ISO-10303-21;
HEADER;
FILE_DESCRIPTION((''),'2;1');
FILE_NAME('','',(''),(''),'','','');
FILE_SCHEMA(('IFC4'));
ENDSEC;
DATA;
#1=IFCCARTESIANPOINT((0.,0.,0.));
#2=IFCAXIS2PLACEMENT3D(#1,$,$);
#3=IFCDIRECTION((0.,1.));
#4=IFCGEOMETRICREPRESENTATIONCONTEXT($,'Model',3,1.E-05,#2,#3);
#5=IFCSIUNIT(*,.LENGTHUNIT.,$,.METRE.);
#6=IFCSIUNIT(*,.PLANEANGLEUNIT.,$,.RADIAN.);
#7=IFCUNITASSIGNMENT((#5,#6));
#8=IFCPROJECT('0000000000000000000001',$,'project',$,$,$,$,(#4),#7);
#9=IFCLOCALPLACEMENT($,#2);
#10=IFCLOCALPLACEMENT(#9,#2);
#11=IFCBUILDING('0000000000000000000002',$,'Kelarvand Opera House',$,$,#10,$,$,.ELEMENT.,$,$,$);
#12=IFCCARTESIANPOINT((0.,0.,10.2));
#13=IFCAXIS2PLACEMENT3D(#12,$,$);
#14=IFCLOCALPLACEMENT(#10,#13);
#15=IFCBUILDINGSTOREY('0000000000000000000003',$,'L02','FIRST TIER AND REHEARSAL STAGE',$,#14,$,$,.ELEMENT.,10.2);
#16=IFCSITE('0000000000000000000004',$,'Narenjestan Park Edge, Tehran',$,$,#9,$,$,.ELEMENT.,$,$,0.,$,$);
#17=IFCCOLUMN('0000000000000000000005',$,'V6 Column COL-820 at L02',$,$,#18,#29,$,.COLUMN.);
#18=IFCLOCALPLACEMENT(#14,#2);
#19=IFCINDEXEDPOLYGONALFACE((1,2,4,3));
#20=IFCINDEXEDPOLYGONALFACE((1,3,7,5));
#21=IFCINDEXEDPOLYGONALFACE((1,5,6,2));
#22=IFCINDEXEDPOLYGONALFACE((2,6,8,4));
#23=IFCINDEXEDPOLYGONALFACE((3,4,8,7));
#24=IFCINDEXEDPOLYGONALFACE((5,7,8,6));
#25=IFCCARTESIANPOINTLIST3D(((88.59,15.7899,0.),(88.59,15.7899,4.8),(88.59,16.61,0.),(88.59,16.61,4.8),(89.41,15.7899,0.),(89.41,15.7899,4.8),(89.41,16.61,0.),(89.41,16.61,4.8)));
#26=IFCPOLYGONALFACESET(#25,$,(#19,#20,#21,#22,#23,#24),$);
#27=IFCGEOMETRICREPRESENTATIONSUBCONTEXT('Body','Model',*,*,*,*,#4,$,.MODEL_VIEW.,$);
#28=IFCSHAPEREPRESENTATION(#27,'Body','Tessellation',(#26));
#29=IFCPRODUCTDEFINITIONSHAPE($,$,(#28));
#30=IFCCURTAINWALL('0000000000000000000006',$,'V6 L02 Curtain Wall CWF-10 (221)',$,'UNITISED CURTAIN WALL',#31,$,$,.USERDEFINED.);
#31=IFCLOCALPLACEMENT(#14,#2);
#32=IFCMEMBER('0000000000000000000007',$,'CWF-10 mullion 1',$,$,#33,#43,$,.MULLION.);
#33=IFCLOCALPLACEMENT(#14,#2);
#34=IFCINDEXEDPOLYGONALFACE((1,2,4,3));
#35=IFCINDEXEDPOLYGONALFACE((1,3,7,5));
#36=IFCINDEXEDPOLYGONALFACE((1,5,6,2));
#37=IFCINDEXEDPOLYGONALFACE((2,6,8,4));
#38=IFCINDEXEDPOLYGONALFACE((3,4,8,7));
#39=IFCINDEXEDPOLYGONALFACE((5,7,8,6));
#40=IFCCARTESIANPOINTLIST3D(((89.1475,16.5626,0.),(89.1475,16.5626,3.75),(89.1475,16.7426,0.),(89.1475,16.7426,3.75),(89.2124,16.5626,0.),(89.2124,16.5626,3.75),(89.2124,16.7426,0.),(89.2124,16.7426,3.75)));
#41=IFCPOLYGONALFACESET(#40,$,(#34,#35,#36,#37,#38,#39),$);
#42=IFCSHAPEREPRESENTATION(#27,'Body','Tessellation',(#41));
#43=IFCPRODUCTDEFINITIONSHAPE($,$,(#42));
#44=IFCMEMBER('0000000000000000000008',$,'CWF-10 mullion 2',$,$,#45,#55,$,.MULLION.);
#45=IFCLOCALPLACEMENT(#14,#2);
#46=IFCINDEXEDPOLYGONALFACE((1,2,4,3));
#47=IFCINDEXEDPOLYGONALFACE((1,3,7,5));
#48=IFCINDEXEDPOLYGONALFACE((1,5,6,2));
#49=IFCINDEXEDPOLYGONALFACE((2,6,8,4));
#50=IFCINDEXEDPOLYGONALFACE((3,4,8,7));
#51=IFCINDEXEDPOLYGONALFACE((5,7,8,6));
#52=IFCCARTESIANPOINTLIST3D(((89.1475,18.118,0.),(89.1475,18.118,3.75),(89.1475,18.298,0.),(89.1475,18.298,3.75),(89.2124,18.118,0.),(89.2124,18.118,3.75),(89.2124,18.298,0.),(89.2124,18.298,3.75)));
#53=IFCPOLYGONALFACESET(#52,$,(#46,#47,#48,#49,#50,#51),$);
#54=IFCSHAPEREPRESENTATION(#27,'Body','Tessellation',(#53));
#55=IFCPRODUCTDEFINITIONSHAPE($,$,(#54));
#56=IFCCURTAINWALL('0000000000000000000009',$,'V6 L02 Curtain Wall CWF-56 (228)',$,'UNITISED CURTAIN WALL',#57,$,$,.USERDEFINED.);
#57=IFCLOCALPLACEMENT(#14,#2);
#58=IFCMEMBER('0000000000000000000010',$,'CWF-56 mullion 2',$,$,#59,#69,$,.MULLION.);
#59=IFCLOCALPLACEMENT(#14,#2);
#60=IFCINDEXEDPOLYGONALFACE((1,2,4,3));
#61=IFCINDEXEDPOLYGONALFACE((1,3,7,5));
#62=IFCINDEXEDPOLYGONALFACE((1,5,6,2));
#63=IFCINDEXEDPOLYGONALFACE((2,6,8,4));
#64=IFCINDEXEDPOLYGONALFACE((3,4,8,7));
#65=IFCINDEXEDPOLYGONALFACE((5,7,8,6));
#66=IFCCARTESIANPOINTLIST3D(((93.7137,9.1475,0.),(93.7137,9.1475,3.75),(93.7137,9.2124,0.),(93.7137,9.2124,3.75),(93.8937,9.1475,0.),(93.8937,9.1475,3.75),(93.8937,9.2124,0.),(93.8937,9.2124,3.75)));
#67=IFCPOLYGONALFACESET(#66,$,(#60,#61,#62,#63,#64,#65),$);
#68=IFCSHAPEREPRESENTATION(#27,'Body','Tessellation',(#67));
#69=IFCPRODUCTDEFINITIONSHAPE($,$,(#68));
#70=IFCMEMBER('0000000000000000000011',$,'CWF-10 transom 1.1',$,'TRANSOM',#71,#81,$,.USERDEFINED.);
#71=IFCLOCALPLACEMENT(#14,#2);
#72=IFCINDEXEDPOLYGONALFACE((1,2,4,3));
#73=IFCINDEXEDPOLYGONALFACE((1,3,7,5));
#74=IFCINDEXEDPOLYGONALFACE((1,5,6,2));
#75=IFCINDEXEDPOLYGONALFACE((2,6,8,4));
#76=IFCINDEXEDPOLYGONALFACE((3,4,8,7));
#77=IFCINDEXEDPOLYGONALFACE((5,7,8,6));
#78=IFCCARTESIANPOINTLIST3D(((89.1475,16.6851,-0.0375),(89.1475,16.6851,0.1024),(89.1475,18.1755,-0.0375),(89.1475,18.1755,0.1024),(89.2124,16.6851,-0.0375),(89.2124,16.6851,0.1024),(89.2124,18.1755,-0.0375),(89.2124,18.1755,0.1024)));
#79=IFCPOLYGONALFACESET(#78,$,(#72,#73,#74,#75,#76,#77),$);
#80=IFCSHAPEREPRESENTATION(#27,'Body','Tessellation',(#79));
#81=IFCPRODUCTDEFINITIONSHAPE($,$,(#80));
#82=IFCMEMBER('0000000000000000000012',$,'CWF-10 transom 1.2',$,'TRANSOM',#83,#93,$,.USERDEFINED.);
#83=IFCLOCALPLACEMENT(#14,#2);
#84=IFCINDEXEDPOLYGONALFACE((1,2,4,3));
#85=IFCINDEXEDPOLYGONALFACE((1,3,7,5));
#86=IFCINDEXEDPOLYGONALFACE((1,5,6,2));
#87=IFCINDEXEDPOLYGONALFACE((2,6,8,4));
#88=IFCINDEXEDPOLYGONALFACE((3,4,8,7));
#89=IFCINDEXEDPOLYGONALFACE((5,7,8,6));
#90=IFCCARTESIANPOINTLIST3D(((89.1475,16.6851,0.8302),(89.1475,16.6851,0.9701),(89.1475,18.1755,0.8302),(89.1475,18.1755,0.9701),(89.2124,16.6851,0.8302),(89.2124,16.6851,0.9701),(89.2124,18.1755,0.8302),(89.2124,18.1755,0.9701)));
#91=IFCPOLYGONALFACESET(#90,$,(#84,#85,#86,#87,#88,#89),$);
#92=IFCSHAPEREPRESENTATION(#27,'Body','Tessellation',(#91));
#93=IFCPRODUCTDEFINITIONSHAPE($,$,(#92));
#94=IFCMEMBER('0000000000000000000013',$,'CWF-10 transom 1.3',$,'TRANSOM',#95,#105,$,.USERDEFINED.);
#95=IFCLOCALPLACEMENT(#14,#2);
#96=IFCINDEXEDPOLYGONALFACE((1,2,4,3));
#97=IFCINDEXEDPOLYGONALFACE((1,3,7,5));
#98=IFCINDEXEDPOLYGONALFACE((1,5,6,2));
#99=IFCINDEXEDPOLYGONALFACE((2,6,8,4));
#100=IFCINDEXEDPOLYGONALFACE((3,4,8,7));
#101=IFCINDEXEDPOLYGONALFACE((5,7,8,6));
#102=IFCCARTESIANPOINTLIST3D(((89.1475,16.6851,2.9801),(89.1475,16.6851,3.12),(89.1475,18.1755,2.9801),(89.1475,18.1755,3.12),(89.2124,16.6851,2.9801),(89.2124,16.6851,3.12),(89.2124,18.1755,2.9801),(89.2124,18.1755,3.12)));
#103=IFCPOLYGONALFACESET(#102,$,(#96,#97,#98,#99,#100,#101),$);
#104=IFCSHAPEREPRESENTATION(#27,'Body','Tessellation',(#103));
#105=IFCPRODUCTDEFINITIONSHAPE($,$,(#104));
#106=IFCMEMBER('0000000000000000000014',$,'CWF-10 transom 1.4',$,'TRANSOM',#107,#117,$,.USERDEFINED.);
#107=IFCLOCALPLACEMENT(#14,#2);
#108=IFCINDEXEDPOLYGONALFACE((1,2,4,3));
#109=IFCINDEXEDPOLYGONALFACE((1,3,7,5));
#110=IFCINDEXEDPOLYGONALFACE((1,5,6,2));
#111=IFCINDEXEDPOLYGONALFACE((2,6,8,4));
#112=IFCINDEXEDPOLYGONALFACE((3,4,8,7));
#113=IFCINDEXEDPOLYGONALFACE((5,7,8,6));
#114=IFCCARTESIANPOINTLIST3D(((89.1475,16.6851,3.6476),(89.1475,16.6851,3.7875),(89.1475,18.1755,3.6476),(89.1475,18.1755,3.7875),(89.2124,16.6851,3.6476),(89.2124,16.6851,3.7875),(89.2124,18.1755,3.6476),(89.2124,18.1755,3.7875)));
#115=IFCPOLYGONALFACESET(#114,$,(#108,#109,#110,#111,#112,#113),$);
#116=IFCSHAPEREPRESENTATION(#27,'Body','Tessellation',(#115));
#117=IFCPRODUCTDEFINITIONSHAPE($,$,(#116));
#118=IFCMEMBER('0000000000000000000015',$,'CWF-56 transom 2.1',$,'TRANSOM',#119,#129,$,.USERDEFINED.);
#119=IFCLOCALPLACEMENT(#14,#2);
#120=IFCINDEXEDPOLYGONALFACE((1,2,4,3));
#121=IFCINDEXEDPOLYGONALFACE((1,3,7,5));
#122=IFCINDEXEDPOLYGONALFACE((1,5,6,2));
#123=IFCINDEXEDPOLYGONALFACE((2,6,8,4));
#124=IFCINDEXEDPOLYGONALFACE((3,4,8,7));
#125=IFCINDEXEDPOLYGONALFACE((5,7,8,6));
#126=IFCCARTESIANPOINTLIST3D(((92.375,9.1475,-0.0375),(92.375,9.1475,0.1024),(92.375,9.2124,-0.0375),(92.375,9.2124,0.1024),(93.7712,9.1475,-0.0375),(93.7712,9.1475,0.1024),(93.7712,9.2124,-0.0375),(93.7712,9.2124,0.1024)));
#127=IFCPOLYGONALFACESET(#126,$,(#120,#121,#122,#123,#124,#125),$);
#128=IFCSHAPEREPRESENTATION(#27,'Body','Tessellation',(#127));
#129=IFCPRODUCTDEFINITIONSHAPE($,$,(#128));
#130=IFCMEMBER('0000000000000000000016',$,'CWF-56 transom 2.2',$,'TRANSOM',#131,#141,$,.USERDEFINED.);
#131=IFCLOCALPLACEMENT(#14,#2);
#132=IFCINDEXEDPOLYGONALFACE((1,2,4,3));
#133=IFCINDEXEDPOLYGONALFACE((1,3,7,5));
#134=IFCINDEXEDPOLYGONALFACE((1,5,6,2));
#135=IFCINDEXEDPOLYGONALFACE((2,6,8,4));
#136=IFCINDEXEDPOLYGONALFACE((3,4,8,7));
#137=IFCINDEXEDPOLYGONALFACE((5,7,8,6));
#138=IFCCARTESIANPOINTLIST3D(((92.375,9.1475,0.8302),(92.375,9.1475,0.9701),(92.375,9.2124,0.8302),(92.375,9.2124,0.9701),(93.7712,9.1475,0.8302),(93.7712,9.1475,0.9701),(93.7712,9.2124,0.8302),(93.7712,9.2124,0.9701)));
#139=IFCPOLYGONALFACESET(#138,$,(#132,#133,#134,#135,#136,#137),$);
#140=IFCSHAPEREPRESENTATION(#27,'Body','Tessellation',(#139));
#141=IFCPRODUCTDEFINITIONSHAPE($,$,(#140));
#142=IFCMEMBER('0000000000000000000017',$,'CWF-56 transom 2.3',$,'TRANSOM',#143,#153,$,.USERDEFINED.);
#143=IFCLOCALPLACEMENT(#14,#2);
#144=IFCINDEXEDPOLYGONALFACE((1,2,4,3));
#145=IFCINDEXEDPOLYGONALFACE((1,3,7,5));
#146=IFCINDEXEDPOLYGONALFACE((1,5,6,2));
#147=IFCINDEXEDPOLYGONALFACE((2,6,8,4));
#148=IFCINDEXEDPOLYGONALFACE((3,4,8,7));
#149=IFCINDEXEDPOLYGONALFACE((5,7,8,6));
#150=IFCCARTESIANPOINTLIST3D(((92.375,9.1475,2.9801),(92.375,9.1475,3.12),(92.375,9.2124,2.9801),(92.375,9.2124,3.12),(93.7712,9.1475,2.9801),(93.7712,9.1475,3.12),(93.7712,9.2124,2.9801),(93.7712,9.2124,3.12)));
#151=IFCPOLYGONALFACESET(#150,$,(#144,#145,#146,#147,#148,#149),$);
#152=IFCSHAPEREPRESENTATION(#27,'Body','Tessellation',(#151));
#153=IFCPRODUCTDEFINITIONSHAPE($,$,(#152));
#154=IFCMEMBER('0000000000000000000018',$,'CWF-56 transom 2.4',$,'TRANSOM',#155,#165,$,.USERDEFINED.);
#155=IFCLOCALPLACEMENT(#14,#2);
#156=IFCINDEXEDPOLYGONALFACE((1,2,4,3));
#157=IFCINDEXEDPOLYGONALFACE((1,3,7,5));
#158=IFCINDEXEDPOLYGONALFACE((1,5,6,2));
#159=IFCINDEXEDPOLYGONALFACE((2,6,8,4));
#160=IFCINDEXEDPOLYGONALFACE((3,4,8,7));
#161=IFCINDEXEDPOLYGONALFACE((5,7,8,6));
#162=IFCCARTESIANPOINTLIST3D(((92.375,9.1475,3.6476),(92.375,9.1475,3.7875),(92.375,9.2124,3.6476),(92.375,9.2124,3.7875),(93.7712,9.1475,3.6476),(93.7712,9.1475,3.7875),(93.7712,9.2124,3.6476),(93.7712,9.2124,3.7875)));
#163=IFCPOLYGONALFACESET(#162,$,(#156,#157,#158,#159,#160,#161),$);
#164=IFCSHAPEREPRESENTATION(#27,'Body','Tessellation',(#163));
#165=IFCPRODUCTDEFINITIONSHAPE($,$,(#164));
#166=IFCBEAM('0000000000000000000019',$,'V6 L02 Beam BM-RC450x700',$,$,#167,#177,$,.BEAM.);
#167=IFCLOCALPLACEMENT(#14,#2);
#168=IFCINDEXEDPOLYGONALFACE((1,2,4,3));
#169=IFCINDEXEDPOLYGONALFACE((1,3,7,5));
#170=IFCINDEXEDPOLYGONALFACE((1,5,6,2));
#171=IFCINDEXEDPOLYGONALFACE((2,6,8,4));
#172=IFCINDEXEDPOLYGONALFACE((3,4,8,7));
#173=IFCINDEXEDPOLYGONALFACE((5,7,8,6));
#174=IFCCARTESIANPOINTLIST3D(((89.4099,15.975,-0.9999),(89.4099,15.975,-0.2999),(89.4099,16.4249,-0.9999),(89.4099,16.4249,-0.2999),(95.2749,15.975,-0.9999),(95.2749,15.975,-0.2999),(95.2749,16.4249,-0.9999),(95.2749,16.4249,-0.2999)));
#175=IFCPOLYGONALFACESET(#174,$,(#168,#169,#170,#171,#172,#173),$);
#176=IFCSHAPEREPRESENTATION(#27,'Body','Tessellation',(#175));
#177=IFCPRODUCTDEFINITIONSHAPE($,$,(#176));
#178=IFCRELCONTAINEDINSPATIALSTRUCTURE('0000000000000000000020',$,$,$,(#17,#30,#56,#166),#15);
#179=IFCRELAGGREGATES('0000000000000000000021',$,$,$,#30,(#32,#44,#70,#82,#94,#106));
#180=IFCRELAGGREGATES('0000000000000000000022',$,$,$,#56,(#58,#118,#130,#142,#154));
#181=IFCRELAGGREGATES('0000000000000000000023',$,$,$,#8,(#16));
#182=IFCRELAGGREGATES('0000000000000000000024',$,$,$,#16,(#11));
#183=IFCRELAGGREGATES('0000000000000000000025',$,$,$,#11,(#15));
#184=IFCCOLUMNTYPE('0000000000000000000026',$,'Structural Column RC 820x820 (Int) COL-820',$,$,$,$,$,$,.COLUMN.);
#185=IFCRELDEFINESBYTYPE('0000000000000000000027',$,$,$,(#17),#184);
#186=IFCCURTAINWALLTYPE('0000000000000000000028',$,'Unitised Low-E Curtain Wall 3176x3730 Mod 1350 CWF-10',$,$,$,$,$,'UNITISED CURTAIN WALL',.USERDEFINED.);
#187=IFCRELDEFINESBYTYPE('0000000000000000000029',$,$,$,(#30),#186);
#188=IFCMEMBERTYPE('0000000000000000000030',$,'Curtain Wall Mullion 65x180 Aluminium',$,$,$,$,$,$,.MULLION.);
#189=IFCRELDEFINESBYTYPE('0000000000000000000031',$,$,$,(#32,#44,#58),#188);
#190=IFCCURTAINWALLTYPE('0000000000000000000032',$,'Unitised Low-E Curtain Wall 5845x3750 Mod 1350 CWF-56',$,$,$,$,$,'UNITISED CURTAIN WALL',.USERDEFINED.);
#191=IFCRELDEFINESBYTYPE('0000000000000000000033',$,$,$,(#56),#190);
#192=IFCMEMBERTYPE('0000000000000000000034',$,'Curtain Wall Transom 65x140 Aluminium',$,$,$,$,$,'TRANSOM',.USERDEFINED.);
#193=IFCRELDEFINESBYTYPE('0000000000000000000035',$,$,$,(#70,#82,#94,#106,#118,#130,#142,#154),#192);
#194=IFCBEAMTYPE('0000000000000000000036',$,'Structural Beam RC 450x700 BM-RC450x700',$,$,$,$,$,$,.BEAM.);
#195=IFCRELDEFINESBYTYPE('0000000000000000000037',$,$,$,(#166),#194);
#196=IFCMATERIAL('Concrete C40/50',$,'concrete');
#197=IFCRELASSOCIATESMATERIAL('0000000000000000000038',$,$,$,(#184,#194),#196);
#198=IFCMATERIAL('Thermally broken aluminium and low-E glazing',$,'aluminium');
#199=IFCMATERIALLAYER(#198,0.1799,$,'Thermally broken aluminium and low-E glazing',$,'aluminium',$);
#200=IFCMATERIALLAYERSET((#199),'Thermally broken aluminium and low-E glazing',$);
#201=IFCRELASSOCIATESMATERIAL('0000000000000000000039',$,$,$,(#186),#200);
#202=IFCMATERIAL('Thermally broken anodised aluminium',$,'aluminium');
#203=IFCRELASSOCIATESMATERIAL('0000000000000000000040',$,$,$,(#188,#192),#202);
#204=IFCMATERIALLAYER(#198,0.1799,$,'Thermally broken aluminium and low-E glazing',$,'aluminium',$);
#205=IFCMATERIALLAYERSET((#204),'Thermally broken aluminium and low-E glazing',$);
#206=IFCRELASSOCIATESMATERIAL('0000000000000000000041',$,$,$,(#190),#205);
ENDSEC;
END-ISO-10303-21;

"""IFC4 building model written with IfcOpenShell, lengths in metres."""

from ifc_helpers import new_model, si_unit, direction, frame, origin, origin_2d, place, context, subcontext, project, spatial, rectangle, extrude, material, layer, layer_set, material_profile, profile_set, type_object, element, aggregate, save


model = new_model("IFC4")

# Units and contexts
model_context = context("Model", 3, precision=1e-05, world=origin(), true_north=direction((0.0, 1.0)))
body_context = subcontext(model_context, "Body", "Model", "MODEL_VIEW")
ifc_project = project(units=[si_unit("LENGTHUNIT", "METRE"), si_unit("PLANEANGLEUNIT", "RADIAN")], contexts=[model_context])

# Site, building, storey
site_placement = place(None, origin())
site = spatial("IfcSite", under=ifc_project, at=site_placement, Name="Narenjestan Park Edge, Tehran", CompositionType="ELEMENT", RefElevation=0.0)
building_placement = place(site_placement, origin())
building = spatial("IfcBuilding", under=site, at=building_placement, Name="Kelarvand Opera House", CompositionType="ELEMENT")
storey_placement = place(building_placement, frame((0.0, 0.0, 10.2)))
storey = spatial("IfcBuildingStorey", under=building, at=storey_placement, Name="L02", Description="FIRST TIER AND REHEARSAL STAGE", CompositionType="ELEMENT", Elevation=10.2)

# Column
ifc_material_1 = material(Name="Concrete C40/50", Category="concrete")
ifc_material_profile_1 = material_profile(ifc_material_1, rectangle(XDim=0.8201, YDim=0.8201, at=origin_2d()), Name="RC 820x820", Category="concrete")
ifc_profile_set_1 = profile_set([ifc_material_profile_1], Name="Concrete C40/50")
column_type = type_object("IfcColumnType", Name="Structural Column RC 820x820 (Int) COL-820", PredefinedType="COLUMN", material=ifc_profile_set_1)
column_placement = place(storey_placement, frame((89.0, 16.2, 0.0), z_axis=(0.0, 0.0, 1.0), x_axis=(1.0, 0.0, 0.0)))
element("IfcColumn", 1, at=column_placement, inside=storey, type_object=column_type, Name="V6 Column COL-820 at L02", PredefinedType="COLUMN", context=body_context, shape_type="SweptSolid", body=[
    extrude(rectangle(XDim=0.8201, YDim=0.8201, at=origin_2d()), origin(), (0.0, 0.0, 1.0), 4.8),
])

# Curtain wall, members
ifc_material_2 = material(Name="Thermally broken aluminium and low-E glazing", Category="aluminium")
ifc_layer_1 = layer(ifc_material_2, 0.1799, Name="Thermally broken aluminium and low-E glazing", Category="aluminium")
ifc_layer_set_1 = layer_set([ifc_layer_1], Name="Thermally broken aluminium and low-E glazing")
curtain_wall_type_1 = type_object("IfcCurtainWallType", Name="Unitised Low-E Curtain Wall 3176x3730 Mod 1350 CWF-10", ElementType="UNITISED CURTAIN WALL", PredefinedType="USERDEFINED", material=ifc_layer_set_1)
curtain_wall_1_placement = place(storey_placement, origin())
curtain_wall_1 = element("IfcCurtainWall", 2, at=curtain_wall_1_placement, inside=storey, type_object=curtain_wall_type_1, Name="V6 L02 Curtain Wall CWF-10 (221)", ObjectType="UNITISED CURTAIN WALL", PredefinedType="USERDEFINED")
ifc_material_3 = material(Name="Thermally broken anodised aluminium", Category="aluminium")
ifc_material_profile_2 = material_profile(ifc_material_3, rectangle(XDim=0.0649, YDim=0.1799, at=origin_2d()), Name="ALU MULLION 65x180", Category="aluminium")
ifc_profile_set_2 = profile_set([ifc_material_profile_2], Name="Thermally broken anodised aluminium")
member_type_1 = type_object("IfcMemberType", Name="Curtain Wall Mullion 65x180 Aluminium", PredefinedType="MULLION", material=ifc_profile_set_2)
member_1_placement = place(storey_placement, frame((89.1799, 16.6526, 0.0), z_axis=(0.0, 0.0, 1.0), x_axis=(-1.0, 0.0, 0.0)))
member_1 = element("IfcMember", 3, at=member_1_placement, type_object=member_type_1, Name="CWF-10 mullion 1", PredefinedType="MULLION", context=body_context, shape_type="SweptSolid", body=[
    extrude(rectangle(XDim=0.0649, YDim=0.1799, at=origin_2d()), origin(), (0.0, 0.0, 1.0), 3.75),
])
member_2_placement = place(storey_placement, frame((89.1799, 18.208, 0.0), z_axis=(0.0, 0.0, 1.0), x_axis=(-1.0, 0.0, 0.0)))
member_2 = element("IfcMember", 4, at=member_2_placement, type_object=member_type_1, Name="CWF-10 mullion 2", PredefinedType="MULLION", context=body_context, shape_type="SweptSolid", body=[
    extrude(rectangle(XDim=0.0649, YDim=0.1799, at=origin_2d()), origin(), (0.0, 0.0, 1.0), 3.75),
])

# Curtain wall, member
ifc_layer_2 = layer(ifc_material_2, 0.1799, Name="Thermally broken aluminium and low-E glazing", Category="aluminium")
ifc_layer_set_2 = layer_set([ifc_layer_2], Name="Thermally broken aluminium and low-E glazing")
curtain_wall_type_2 = type_object("IfcCurtainWallType", Name="Unitised Low-E Curtain Wall 5845x3750 Mod 1350 CWF-56", ElementType="UNITISED CURTAIN WALL", PredefinedType="USERDEFINED", material=ifc_layer_set_2)
curtain_wall_2_placement = place(storey_placement, origin())
curtain_wall_2 = element("IfcCurtainWall", 5, at=curtain_wall_2_placement, inside=storey, type_object=curtain_wall_type_2, Name="V6 L02 Curtain Wall CWF-56 (228)", ObjectType="UNITISED CURTAIN WALL", PredefinedType="USERDEFINED")
member_3_placement = place(storey_placement, frame((93.8037, 9.1799, 0.0), z_axis=(0.0, 0.0, 1.0), x_axis=(0.0, -1.0, 0.0)))
member_3 = element("IfcMember", 6, at=member_3_placement, type_object=member_type_1, Name="CWF-56 mullion 2", PredefinedType="MULLION", context=body_context, shape_type="SweptSolid", body=[
    extrude(rectangle(XDim=0.0649, YDim=0.1799, at=origin_2d()), origin(), (0.0, 0.0, 1.0), 3.75),
])

# Members
ifc_material_profile_3 = material_profile(ifc_material_3, rectangle(XDim=0.0649, YDim=0.1399, at=origin_2d()), Name="ALU TRANSOM 65x140", Category="aluminium")
ifc_profile_set_3 = profile_set([ifc_material_profile_3], Name="Thermally broken anodised aluminium")
member_type_2 = type_object("IfcMemberType", Name="Curtain Wall Transom 65x140 Aluminium", ElementType="TRANSOM", PredefinedType="USERDEFINED", material=ifc_profile_set_3)
member_4_placement = place(storey_placement, frame((89.1799, 16.6851, 0.0325), z_axis=(0.0, 1.0, 0.0), x_axis=(-1.0, 0.0, 0.0)))
member_4 = element("IfcMember", 7, at=member_4_placement, type_object=member_type_2, Name="CWF-10 transom 1.1", ObjectType="TRANSOM", PredefinedType="USERDEFINED", context=body_context, shape_type="SweptSolid", body=[
    extrude(rectangle(XDim=0.0649, YDim=0.1399, at=origin_2d()), origin(), (0.0, 0.0, 1.0), 1.4905),
])
member_5_placement = place(storey_placement, frame((89.1799, 16.6851, 0.9001), z_axis=(0.0, 1.0, 0.0), x_axis=(-1.0, 0.0, 0.0)))
member_5 = element("IfcMember", 8, at=member_5_placement, type_object=member_type_2, Name="CWF-10 transom 1.2", ObjectType="TRANSOM", PredefinedType="USERDEFINED", context=body_context, shape_type="SweptSolid", body=[
    extrude(rectangle(XDim=0.0649, YDim=0.1399, at=origin_2d()), origin(), (0.0, 0.0, 1.0), 1.4905),
])
member_6_placement = place(storey_placement, frame((89.1799, 16.6851, 3.05), z_axis=(0.0, 1.0, 0.0), x_axis=(-1.0, 0.0, 0.0)))
member_6 = element("IfcMember", 9, at=member_6_placement, type_object=member_type_2, Name="CWF-10 transom 1.3", ObjectType="TRANSOM", PredefinedType="USERDEFINED", context=body_context, shape_type="SweptSolid", body=[
    extrude(rectangle(XDim=0.0649, YDim=0.1399, at=origin_2d()), origin(), (0.0, 0.0, 1.0), 1.4905),
])
member_7_placement = place(storey_placement, frame((89.1799, 16.6851, 3.7175), z_axis=(0.0, 1.0, 0.0), x_axis=(-1.0, 0.0, 0.0)))
member_7 = element("IfcMember", 10, at=member_7_placement, type_object=member_type_2, Name="CWF-10 transom 1.4", ObjectType="TRANSOM", PredefinedType="USERDEFINED", context=body_context, shape_type="SweptSolid", body=[
    extrude(rectangle(XDim=0.0649, YDim=0.1399, at=origin_2d()), origin(), (0.0, 0.0, 1.0), 1.4905),
])
member_8_placement = place(storey_placement, frame((93.7712, 9.1799, 0.0325), z_axis=(-1.0, 0.0, 0.0), x_axis=(0.0, -1.0, 0.0)))
member_8 = element("IfcMember", 11, at=member_8_placement, type_object=member_type_2, Name="CWF-56 transom 2.1", ObjectType="TRANSOM", PredefinedType="USERDEFINED", context=body_context, shape_type="SweptSolid", body=[
    extrude(rectangle(XDim=0.0649, YDim=0.1399, at=origin_2d()), origin(), (0.0, 0.0, 1.0), 1.3962),
])
member_9_placement = place(storey_placement, frame((93.7712, 9.1799, 0.9001), z_axis=(-1.0, 0.0, 0.0), x_axis=(0.0, -1.0, 0.0)))
member_9 = element("IfcMember", 12, at=member_9_placement, type_object=member_type_2, Name="CWF-56 transom 2.2", ObjectType="TRANSOM", PredefinedType="USERDEFINED", context=body_context, shape_type="SweptSolid", body=[
    extrude(rectangle(XDim=0.0649, YDim=0.1399, at=origin_2d()), origin(), (0.0, 0.0, 1.0), 1.3962),
])
member_10_placement = place(storey_placement, frame((93.7712, 9.1799, 3.05), z_axis=(-1.0, 0.0, 0.0), x_axis=(0.0, -1.0, 0.0)))
member_10 = element("IfcMember", 13, at=member_10_placement, type_object=member_type_2, Name="CWF-56 transom 2.3", ObjectType="TRANSOM", PredefinedType="USERDEFINED", context=body_context, shape_type="SweptSolid", body=[
    extrude(rectangle(XDim=0.0649, YDim=0.1399, at=origin_2d()), origin(), (0.0, 0.0, 1.0), 1.3962),
])
member_11_placement = place(storey_placement, frame((93.7712, 9.1799, 3.7175), z_axis=(-1.0, 0.0, 0.0), x_axis=(0.0, -1.0, 0.0)))
member_11 = element("IfcMember", 14, at=member_11_placement, type_object=member_type_2, Name="CWF-56 transom 2.4", ObjectType="TRANSOM", PredefinedType="USERDEFINED", context=body_context, shape_type="SweptSolid", body=[
    extrude(rectangle(XDim=0.0649, YDim=0.1399, at=origin_2d()), origin(), (0.0, 0.0, 1.0), 1.3962),
])

# Beam
ifc_material_profile_4 = material_profile(ifc_material_1, rectangle(XDim=0.45, YDim=0.7, at=origin_2d()), Name="RC 450x700", Category="concrete")
ifc_profile_set_4 = profile_set([ifc_material_profile_4], Name="Concrete C40/50")
beam_type_1 = type_object("IfcBeamType", Name="Structural Beam RC 450x700 BM-RC450x700", PredefinedType="BEAM", material=ifc_profile_set_4)
beam_1_placement = place(storey_placement, frame((89.4099, 16.2, -0.6499), z_axis=(1.0, 0.0, 0.0), x_axis=(0.0, 1.0, 0.0)))
element("IfcBeam", 15, at=beam_1_placement, inside=storey, type_object=beam_type_1, Name="V6 L02 Beam BM-RC450x700", PredefinedType="BEAM", context=body_context, shape_type="SweptSolid", body=[
    extrude(rectangle(XDim=0.45, YDim=0.7, at=origin_2d()), origin(), (0.0, 0.0, 1.0), 5.865),
])

aggregate(curtain_wall_1, [member_1, member_2, member_4, member_5, member_6, member_7])
aggregate(curtain_wall_2, [member_3, member_8, member_9, member_10, member_11])

save(model, "model.ifc")
